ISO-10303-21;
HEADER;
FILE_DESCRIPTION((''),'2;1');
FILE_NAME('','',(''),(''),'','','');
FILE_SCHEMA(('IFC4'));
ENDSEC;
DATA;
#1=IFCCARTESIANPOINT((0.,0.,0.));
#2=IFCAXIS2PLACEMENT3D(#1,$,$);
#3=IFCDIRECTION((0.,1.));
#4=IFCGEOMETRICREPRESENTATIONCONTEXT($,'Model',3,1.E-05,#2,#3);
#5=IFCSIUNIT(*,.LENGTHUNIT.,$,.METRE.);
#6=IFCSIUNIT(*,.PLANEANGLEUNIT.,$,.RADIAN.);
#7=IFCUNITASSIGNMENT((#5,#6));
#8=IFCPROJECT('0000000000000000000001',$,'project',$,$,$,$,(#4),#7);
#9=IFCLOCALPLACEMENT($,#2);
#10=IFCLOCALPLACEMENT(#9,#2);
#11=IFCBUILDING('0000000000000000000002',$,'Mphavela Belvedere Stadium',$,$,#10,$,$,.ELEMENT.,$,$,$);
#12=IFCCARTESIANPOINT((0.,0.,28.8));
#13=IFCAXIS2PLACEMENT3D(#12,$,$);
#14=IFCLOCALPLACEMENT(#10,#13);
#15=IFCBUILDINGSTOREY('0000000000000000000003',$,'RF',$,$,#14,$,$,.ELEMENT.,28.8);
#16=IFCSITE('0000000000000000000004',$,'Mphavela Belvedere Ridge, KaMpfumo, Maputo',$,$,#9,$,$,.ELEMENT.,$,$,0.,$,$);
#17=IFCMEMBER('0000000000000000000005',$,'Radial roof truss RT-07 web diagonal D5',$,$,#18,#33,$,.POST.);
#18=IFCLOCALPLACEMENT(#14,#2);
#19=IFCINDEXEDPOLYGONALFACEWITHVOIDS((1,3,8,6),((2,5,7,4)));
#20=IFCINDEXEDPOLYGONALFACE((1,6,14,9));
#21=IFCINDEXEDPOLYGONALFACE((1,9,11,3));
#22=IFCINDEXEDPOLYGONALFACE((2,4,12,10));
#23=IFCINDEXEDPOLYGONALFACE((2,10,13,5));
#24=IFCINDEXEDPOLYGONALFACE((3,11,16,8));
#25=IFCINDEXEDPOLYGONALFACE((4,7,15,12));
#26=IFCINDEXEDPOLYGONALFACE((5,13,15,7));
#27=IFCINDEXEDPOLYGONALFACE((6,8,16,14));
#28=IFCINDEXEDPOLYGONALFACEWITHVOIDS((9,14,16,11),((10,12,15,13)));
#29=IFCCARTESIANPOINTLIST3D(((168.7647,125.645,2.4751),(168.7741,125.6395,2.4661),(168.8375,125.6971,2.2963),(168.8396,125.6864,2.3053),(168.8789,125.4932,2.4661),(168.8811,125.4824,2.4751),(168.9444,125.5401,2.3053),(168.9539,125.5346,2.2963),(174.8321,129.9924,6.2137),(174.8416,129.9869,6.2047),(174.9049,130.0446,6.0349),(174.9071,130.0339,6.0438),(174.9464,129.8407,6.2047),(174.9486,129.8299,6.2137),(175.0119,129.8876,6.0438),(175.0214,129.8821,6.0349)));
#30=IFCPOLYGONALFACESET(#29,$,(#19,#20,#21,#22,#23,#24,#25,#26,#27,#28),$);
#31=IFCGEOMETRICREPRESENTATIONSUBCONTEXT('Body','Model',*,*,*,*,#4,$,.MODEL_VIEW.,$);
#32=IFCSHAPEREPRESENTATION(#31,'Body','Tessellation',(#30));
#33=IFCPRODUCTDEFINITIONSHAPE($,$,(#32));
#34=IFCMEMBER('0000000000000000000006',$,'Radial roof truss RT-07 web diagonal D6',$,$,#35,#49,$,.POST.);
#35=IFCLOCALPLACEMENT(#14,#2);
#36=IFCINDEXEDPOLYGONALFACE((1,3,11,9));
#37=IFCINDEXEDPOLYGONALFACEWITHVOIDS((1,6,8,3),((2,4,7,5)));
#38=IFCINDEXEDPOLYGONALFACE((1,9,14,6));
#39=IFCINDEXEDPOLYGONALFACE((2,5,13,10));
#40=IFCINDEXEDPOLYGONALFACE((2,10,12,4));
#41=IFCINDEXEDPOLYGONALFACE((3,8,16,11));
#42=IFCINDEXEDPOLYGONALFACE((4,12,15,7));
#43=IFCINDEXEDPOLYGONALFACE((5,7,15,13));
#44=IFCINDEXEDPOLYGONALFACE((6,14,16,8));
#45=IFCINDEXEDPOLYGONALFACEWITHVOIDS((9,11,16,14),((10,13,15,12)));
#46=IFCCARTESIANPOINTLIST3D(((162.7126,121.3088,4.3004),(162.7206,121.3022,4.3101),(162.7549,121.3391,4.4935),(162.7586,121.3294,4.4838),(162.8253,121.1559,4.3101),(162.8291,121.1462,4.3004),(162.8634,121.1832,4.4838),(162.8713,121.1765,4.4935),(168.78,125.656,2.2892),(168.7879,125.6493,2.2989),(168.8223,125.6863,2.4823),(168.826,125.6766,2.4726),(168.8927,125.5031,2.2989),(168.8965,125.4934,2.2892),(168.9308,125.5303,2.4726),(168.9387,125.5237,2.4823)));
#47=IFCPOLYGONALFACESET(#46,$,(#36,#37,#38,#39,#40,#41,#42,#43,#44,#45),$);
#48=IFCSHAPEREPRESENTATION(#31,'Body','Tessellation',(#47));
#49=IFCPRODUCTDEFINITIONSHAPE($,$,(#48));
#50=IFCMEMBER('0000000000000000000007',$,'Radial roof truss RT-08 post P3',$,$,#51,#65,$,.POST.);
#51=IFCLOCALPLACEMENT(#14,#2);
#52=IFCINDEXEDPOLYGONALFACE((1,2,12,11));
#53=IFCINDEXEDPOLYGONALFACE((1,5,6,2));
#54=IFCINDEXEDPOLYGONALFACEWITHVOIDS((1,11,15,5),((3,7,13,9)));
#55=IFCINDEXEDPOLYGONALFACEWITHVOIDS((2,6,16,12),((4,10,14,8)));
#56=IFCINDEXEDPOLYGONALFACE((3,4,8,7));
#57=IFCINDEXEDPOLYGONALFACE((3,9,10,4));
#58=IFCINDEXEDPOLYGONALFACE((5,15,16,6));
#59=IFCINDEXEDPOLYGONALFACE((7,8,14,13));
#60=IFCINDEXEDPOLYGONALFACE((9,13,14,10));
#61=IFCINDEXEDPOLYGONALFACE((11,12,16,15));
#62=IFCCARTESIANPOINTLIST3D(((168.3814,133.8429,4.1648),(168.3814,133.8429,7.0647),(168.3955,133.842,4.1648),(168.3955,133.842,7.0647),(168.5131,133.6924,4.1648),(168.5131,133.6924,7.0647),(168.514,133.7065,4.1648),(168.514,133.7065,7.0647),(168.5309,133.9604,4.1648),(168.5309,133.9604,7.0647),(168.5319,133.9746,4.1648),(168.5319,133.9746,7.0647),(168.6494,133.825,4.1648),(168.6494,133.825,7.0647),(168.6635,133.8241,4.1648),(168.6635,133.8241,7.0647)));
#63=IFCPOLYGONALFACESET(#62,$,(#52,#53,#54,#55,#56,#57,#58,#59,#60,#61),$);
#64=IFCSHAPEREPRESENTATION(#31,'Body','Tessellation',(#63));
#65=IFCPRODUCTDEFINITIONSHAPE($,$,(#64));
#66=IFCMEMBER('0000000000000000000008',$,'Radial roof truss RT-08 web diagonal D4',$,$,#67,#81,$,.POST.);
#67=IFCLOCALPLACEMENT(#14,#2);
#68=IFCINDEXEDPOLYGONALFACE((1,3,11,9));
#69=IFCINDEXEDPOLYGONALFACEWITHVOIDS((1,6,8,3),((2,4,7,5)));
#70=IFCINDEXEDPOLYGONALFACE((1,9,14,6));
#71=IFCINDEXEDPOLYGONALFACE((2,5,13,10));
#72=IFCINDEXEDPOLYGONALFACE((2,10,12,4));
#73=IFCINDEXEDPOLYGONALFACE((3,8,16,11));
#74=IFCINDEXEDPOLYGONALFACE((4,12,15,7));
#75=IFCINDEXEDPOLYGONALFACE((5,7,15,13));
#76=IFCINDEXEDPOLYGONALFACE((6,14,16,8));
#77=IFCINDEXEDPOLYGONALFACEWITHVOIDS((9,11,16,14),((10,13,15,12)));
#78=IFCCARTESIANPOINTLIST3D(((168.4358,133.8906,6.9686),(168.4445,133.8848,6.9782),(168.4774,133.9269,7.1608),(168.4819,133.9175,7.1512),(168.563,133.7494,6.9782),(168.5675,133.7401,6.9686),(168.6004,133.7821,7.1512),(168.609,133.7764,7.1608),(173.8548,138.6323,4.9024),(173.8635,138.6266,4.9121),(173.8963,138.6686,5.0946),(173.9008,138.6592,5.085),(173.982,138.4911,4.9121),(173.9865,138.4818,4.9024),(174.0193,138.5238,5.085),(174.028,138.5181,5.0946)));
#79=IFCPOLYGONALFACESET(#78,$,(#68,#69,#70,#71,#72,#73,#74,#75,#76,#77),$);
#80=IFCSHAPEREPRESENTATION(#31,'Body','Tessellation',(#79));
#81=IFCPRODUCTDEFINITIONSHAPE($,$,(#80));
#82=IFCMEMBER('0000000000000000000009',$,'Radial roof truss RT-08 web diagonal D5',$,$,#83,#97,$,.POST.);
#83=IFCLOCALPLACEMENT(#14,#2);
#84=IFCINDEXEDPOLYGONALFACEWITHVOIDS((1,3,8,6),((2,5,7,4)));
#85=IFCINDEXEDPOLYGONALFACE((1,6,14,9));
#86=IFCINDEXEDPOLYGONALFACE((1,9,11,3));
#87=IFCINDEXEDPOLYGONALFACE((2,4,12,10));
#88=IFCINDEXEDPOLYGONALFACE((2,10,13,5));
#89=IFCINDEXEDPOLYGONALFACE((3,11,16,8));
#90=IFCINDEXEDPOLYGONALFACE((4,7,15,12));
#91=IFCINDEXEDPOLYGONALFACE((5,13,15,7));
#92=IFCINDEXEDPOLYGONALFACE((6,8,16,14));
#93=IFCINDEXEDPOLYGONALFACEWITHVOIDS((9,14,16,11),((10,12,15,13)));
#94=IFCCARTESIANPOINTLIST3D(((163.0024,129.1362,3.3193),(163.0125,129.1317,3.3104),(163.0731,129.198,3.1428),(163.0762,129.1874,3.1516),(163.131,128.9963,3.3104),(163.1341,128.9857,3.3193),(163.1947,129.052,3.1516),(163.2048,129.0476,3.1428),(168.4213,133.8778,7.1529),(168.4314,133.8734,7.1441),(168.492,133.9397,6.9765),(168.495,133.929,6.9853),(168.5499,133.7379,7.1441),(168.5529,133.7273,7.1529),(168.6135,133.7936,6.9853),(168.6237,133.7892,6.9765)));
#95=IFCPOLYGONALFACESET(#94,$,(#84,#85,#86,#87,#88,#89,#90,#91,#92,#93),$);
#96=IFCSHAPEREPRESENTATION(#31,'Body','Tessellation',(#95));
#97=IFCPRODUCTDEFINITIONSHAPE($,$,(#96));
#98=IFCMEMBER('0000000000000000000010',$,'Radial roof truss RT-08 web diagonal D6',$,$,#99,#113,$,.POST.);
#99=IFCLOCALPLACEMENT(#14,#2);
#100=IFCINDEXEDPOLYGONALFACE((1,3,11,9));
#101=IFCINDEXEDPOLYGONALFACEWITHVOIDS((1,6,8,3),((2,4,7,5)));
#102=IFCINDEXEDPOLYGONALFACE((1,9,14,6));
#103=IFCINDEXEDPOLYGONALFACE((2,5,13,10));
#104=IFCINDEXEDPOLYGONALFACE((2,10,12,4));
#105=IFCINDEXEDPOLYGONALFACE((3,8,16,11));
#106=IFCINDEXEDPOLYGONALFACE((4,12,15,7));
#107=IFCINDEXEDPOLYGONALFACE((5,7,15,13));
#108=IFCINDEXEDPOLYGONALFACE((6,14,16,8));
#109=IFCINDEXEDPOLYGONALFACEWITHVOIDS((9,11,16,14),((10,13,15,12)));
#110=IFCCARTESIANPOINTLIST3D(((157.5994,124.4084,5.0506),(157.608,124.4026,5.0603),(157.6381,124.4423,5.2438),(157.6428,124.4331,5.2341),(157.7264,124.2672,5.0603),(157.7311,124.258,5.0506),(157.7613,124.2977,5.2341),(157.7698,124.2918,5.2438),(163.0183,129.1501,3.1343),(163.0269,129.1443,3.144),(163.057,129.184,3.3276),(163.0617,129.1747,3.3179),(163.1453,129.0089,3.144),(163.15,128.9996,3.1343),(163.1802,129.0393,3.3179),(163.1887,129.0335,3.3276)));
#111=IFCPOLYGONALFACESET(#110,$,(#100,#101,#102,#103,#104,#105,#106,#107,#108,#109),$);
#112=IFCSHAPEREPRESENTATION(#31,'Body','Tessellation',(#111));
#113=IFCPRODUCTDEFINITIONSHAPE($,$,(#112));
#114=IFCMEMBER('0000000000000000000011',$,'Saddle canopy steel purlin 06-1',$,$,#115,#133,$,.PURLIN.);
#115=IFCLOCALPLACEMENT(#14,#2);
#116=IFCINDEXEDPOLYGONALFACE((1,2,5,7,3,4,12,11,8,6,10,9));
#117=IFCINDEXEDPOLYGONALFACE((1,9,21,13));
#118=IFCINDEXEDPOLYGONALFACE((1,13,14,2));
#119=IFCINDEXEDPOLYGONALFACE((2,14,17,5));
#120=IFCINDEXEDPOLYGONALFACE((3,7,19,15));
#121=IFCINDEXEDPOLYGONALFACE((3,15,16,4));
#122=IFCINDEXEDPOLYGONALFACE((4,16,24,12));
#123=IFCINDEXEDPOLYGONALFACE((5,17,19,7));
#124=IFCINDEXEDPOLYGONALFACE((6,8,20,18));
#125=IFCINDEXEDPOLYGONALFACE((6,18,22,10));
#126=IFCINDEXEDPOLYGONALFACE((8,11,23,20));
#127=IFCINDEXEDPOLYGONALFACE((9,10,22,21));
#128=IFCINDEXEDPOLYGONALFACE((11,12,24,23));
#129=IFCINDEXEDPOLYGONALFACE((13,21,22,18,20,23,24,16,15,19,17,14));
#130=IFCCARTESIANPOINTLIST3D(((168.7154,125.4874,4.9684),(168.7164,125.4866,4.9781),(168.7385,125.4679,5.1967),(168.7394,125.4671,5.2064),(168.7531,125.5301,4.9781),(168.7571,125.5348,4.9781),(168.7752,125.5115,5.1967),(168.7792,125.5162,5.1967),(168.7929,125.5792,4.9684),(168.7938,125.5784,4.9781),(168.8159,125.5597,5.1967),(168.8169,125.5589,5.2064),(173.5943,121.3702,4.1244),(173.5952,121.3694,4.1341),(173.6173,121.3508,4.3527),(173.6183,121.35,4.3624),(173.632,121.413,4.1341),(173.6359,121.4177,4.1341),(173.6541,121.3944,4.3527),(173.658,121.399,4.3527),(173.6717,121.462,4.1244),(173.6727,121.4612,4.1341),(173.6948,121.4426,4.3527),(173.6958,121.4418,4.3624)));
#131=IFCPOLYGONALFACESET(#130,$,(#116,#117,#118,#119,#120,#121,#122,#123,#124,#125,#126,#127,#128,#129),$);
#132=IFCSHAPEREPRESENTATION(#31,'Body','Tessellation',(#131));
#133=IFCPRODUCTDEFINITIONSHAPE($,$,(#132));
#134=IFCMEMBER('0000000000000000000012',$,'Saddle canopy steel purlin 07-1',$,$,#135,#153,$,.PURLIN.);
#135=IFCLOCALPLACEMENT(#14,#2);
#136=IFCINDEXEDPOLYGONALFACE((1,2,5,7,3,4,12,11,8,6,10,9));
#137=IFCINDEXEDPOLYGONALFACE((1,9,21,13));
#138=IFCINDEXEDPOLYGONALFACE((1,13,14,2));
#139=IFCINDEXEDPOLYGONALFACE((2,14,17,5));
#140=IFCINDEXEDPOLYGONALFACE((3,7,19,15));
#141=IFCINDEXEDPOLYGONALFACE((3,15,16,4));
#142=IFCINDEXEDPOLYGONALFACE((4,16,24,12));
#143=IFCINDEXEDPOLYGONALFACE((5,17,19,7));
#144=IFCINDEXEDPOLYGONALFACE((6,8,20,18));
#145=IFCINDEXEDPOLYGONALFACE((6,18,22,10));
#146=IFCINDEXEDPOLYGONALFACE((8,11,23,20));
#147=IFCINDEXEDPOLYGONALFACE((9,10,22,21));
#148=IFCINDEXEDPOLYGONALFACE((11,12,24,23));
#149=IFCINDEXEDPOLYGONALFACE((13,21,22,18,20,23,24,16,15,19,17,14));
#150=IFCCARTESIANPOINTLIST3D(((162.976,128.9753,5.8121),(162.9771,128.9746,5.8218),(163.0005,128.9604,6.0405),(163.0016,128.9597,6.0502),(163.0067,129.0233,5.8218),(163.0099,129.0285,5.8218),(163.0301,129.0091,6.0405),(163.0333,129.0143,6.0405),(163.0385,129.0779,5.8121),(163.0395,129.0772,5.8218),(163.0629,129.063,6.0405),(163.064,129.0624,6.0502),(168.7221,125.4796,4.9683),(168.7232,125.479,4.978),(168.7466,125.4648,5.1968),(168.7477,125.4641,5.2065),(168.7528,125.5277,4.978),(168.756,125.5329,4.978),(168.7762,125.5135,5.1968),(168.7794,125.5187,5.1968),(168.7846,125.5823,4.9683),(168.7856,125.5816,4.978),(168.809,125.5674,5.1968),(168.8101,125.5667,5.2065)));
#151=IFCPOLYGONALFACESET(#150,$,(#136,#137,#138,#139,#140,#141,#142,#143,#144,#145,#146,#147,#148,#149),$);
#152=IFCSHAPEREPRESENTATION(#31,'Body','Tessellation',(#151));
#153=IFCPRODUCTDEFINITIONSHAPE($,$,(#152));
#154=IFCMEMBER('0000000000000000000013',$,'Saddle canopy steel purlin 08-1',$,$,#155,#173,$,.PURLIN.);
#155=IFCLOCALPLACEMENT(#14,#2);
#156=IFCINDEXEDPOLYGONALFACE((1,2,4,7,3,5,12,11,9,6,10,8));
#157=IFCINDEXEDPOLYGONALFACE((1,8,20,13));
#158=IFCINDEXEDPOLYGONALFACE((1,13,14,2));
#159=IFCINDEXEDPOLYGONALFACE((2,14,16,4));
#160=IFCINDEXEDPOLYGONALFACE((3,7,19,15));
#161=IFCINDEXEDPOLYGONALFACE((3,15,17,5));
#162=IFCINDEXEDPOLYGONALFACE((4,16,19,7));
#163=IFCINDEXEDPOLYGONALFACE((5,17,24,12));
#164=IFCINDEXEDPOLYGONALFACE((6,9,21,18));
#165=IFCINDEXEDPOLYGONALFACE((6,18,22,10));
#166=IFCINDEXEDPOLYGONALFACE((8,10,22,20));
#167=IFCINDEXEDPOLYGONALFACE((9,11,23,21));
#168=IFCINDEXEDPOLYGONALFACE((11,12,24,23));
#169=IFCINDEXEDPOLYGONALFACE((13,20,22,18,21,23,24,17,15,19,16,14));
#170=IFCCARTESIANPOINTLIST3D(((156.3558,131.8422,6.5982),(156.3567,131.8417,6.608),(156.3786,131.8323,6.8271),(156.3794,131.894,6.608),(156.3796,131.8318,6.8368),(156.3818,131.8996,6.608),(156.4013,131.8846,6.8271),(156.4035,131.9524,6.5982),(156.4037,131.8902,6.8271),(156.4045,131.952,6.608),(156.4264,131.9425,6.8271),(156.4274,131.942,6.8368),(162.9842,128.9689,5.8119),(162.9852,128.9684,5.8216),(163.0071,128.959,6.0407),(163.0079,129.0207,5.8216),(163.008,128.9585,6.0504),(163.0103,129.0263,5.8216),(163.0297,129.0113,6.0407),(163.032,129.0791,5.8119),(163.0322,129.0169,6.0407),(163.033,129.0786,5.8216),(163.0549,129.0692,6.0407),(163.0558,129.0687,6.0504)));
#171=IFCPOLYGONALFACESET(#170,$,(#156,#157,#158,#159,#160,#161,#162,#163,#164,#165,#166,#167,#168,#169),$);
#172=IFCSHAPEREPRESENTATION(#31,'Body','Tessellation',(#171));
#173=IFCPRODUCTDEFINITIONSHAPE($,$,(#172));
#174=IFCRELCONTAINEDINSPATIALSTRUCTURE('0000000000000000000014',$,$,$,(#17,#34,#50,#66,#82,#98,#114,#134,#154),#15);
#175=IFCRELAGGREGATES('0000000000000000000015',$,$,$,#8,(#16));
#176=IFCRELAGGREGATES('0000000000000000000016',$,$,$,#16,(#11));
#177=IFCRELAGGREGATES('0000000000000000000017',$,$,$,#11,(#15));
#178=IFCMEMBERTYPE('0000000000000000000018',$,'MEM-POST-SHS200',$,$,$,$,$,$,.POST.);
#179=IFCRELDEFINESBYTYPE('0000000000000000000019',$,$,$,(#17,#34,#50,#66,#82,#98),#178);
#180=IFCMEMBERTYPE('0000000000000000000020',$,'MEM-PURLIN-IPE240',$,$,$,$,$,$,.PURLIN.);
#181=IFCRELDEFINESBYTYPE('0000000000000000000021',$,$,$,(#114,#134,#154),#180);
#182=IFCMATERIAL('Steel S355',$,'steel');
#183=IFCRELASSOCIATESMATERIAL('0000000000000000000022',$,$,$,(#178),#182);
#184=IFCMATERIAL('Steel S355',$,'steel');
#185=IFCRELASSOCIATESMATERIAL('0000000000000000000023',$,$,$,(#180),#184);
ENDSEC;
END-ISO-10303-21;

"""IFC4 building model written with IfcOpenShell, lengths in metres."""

from ifc_helpers import new_model, si_unit, direction, frame, origin, origin_2d, place, context, subcontext, project, spatial, hollow_rectangle, i_section, extrude, material, material_profile, profile_set, type_object, element, save


model = new_model("IFC4")

# Units and contexts
model_context = context("Model", 3, precision=1e-05, world=origin(), true_north=direction((0.0, 1.0)))
body_context = subcontext(model_context, "Body", "Model", "MODEL_VIEW")
ifc_project = project(units=[si_unit("LENGTHUNIT", "METRE"), si_unit("PLANEANGLEUNIT", "RADIAN")], contexts=[model_context])

# Site, building, storey
site_placement = place(None, origin())
site = spatial("IfcSite", under=ifc_project, at=site_placement, Name="Mphavela Belvedere Ridge, KaMpfumo, Maputo", CompositionType="ELEMENT", RefElevation=0.0)
building_placement = place(site_placement, origin())
building = spatial("IfcBuilding", under=site, at=building_placement, Name="Mphavela Belvedere Stadium", CompositionType="ELEMENT")
storey_placement = place(building_placement, frame((0.0, 0.0, 28.8)))
storey = spatial("IfcBuildingStorey", under=building, at=storey_placement, Name="RF", CompositionType="ELEMENT", Elevation=28.8)

# Members
ifc_material_1 = material(Name="Steel S355", Category="steel")
ifc_material_profile_1 = material_profile(ifc_material_1, hollow_rectangle(XDim=0.2, YDim=0.2, WallThickness=0.01, at=origin_2d()), Name="SHS 200x200x10")
ifc_profile_set_1 = profile_set([ifc_material_profile_1], Name="Steel S355")
member_type_1 = type_object("IfcMemberType", Name="MEM-POST-SHS200", PredefinedType="POST", material=ifc_profile_set_1)
member_1_placement = place(storey_placement, frame((174.9268, 129.9373, 6.1243), z_axis=(-0.726804, -0.520771, -0.447833), x_axis=(0.582441, -0.812873, 0.0)))
element("IfcMember", 1, at=member_1_placement, inside=storey, type_object=member_type_1, Name="Radial roof truss RT-07 web diagonal D5", PredefinedType="POST", context=body_context, shape_type="SweptSolid", body=[
    extrude(hollow_rectangle(XDim=0.2, YDim=0.2, WallThickness=0.01, at=origin_2d()), origin(), (0.0, 0.0, 1.0), 8.3481),
])
member_2_placement = place(storey_placement, frame((168.8594, 125.5898, 2.3857), z_axis=(-0.784893, -0.562361, 0.260178), x_axis=(0.58242, -0.812888, 0.0)))
element("IfcMember", 2, at=member_2_placement, inside=storey, type_object=member_type_1, Name="Radial roof truss RT-07 web diagonal D6", PredefinedType="POST", context=body_context, shape_type="SweptSolid", body=[
    extrude(hollow_rectangle(XDim=0.2, YDim=0.2, WallThickness=0.01, at=origin_2d()), origin(), (0.0, 0.0, 1.0), 7.7302),
])
member_3_placement = place(storey_placement, frame((168.5225, 133.8335, 4.1648), z_axis=(0.0, 0.0, 1.0), x_axis=(0.75253, 0.658558, 0.0)))
element("IfcMember", 3, at=member_3_placement, inside=storey, type_object=member_type_1, Name="Radial roof truss RT-08 post P3", PredefinedType="POST", context=body_context, shape_type="SweptSolid", body=[
    extrude(hollow_rectangle(XDim=0.2, YDim=0.2, WallThickness=0.01, at=origin_2d()), origin(), (0.0, 0.0, 1.0), 2.8999),
])
member_4_placement = place(storey_placement, frame((173.9414, 138.5752, 4.9985), z_axis=(-0.723377, -0.632971, 0.275813), x_axis=(0.658514, -0.752568, 0.0)))
element("IfcMember", 4, at=member_4_placement, inside=storey, type_object=member_type_1, Name="Radial roof truss RT-08 web diagonal D4", PredefinedType="POST", context=body_context, shape_type="SweptSolid", body=[
    extrude(hollow_rectangle(XDim=0.2, YDim=0.2, WallThickness=0.01, at=origin_2d()), origin(), (0.0, 0.0, 1.0), 7.4912),
])
member_5_placement = place(storey_placement, frame((168.5225, 133.8335, 7.0647), z_axis=(-0.664283, -0.581262, -0.46996), x_axis=(0.658514, -0.752568, 0.0)))
element("IfcMember", 5, at=member_5_placement, inside=storey, type_object=member_type_1, Name="Radial roof truss RT-08 web diagonal D5", PredefinedType="POST", context=body_context, shape_type="SweptSolid", body=[
    extrude(hollow_rectangle(XDim=0.2, YDim=0.2, WallThickness=0.01, at=origin_2d()), origin(), (0.0, 0.0, 1.0), 8.1575),
])
member_6_placement = place(storey_placement, frame((163.1035, 129.0918, 3.231), z_axis=(-0.727256, -0.636365, 0.257174), x_axis=(0.658514, -0.752568, 0.0)))
element("IfcMember", 6, at=member_6_placement, inside=storey, type_object=member_type_1, Name="Radial roof truss RT-08 web diagonal D6", PredefinedType="POST", context=body_context, shape_type="SweptSolid", body=[
    extrude(hollow_rectangle(XDim=0.2, YDim=0.2, WallThickness=0.01, at=origin_2d()), origin(), (0.0, 0.0, 1.0), 7.4512),
])
ifc_material_2 = material(Name="Steel S355", Category="steel")
ifc_material_profile_2 = material_profile(ifc_material_2, i_section(OverallWidth=0.1201, OverallDepth=0.24, WebThickness=0.0061, FlangeThickness=0.0098, at=origin_2d()), Name="IPE 240")
ifc_profile_set_2 = profile_set([ifc_material_profile_2], Name="Steel S355")
member_type_2 = type_object("IfcMemberType", Name="MEM-PURLIN-IPE240", PredefinedType="PURLIN", material=ifc_profile_set_2)
member_7_placement = place(storey_placement, frame((173.645, 121.406, 4.2434), z_axis=(-0.757652, 0.639364, 0.131065), x_axis=(-0.644927, -0.764244, 0.0)))
element("IfcMember", 7, at=member_7_placement, inside=storey, type_object=member_type_2, Name="Saddle canopy steel purlin 06-1", PredefinedType="PURLIN", context=body_context, shape_type="SweptSolid", body=[
    extrude(i_section(OverallWidth=0.1201, OverallDepth=0.24, WebThickness=0.0061, FlangeThickness=0.0098, at=origin_2d()), origin(), (0.0, 0.0, 1.0), 6.4395),
])
member_8_placement = place(storey_placement, frame((168.7661, 125.5232, 5.0874), z_axis=(-0.847688, 0.515686, 0.124473), x_axis=(-0.519728, -0.854332, 0.0)))
element("IfcMember", 8, at=member_8_placement, inside=storey, type_object=member_type_2, Name="Saddle canopy steel purlin 07-1", PredefinedType="PURLIN", context=body_context, shape_type="SweptSolid", body=[
    extrude(i_section(OverallWidth=0.1201, OverallDepth=0.24, WebThickness=0.0061, FlangeThickness=0.0098, at=origin_2d()), origin(), (0.0, 0.0, 1.0), 6.7786),
])
member_9_placement = place(storey_placement, frame((163.02, 129.0188, 5.9312), z_axis=(-0.912119, 0.395386, 0.108211), x_axis=(-0.397721, -0.917506, 0.0)))
element("IfcMember", 9, at=member_9_placement, inside=storey, type_object=member_type_2, Name="Saddle canopy steel purlin 08-1", PredefinedType="PURLIN", context=body_context, shape_type="SweptSolid", body=[
    extrude(i_section(OverallWidth=0.1201, OverallDepth=0.24, WebThickness=0.0061, FlangeThickness=0.0098, at=origin_2d()), origin(), (0.0, 0.0, 1.0), 7.2671),
])

save(model, "model.ifc")
